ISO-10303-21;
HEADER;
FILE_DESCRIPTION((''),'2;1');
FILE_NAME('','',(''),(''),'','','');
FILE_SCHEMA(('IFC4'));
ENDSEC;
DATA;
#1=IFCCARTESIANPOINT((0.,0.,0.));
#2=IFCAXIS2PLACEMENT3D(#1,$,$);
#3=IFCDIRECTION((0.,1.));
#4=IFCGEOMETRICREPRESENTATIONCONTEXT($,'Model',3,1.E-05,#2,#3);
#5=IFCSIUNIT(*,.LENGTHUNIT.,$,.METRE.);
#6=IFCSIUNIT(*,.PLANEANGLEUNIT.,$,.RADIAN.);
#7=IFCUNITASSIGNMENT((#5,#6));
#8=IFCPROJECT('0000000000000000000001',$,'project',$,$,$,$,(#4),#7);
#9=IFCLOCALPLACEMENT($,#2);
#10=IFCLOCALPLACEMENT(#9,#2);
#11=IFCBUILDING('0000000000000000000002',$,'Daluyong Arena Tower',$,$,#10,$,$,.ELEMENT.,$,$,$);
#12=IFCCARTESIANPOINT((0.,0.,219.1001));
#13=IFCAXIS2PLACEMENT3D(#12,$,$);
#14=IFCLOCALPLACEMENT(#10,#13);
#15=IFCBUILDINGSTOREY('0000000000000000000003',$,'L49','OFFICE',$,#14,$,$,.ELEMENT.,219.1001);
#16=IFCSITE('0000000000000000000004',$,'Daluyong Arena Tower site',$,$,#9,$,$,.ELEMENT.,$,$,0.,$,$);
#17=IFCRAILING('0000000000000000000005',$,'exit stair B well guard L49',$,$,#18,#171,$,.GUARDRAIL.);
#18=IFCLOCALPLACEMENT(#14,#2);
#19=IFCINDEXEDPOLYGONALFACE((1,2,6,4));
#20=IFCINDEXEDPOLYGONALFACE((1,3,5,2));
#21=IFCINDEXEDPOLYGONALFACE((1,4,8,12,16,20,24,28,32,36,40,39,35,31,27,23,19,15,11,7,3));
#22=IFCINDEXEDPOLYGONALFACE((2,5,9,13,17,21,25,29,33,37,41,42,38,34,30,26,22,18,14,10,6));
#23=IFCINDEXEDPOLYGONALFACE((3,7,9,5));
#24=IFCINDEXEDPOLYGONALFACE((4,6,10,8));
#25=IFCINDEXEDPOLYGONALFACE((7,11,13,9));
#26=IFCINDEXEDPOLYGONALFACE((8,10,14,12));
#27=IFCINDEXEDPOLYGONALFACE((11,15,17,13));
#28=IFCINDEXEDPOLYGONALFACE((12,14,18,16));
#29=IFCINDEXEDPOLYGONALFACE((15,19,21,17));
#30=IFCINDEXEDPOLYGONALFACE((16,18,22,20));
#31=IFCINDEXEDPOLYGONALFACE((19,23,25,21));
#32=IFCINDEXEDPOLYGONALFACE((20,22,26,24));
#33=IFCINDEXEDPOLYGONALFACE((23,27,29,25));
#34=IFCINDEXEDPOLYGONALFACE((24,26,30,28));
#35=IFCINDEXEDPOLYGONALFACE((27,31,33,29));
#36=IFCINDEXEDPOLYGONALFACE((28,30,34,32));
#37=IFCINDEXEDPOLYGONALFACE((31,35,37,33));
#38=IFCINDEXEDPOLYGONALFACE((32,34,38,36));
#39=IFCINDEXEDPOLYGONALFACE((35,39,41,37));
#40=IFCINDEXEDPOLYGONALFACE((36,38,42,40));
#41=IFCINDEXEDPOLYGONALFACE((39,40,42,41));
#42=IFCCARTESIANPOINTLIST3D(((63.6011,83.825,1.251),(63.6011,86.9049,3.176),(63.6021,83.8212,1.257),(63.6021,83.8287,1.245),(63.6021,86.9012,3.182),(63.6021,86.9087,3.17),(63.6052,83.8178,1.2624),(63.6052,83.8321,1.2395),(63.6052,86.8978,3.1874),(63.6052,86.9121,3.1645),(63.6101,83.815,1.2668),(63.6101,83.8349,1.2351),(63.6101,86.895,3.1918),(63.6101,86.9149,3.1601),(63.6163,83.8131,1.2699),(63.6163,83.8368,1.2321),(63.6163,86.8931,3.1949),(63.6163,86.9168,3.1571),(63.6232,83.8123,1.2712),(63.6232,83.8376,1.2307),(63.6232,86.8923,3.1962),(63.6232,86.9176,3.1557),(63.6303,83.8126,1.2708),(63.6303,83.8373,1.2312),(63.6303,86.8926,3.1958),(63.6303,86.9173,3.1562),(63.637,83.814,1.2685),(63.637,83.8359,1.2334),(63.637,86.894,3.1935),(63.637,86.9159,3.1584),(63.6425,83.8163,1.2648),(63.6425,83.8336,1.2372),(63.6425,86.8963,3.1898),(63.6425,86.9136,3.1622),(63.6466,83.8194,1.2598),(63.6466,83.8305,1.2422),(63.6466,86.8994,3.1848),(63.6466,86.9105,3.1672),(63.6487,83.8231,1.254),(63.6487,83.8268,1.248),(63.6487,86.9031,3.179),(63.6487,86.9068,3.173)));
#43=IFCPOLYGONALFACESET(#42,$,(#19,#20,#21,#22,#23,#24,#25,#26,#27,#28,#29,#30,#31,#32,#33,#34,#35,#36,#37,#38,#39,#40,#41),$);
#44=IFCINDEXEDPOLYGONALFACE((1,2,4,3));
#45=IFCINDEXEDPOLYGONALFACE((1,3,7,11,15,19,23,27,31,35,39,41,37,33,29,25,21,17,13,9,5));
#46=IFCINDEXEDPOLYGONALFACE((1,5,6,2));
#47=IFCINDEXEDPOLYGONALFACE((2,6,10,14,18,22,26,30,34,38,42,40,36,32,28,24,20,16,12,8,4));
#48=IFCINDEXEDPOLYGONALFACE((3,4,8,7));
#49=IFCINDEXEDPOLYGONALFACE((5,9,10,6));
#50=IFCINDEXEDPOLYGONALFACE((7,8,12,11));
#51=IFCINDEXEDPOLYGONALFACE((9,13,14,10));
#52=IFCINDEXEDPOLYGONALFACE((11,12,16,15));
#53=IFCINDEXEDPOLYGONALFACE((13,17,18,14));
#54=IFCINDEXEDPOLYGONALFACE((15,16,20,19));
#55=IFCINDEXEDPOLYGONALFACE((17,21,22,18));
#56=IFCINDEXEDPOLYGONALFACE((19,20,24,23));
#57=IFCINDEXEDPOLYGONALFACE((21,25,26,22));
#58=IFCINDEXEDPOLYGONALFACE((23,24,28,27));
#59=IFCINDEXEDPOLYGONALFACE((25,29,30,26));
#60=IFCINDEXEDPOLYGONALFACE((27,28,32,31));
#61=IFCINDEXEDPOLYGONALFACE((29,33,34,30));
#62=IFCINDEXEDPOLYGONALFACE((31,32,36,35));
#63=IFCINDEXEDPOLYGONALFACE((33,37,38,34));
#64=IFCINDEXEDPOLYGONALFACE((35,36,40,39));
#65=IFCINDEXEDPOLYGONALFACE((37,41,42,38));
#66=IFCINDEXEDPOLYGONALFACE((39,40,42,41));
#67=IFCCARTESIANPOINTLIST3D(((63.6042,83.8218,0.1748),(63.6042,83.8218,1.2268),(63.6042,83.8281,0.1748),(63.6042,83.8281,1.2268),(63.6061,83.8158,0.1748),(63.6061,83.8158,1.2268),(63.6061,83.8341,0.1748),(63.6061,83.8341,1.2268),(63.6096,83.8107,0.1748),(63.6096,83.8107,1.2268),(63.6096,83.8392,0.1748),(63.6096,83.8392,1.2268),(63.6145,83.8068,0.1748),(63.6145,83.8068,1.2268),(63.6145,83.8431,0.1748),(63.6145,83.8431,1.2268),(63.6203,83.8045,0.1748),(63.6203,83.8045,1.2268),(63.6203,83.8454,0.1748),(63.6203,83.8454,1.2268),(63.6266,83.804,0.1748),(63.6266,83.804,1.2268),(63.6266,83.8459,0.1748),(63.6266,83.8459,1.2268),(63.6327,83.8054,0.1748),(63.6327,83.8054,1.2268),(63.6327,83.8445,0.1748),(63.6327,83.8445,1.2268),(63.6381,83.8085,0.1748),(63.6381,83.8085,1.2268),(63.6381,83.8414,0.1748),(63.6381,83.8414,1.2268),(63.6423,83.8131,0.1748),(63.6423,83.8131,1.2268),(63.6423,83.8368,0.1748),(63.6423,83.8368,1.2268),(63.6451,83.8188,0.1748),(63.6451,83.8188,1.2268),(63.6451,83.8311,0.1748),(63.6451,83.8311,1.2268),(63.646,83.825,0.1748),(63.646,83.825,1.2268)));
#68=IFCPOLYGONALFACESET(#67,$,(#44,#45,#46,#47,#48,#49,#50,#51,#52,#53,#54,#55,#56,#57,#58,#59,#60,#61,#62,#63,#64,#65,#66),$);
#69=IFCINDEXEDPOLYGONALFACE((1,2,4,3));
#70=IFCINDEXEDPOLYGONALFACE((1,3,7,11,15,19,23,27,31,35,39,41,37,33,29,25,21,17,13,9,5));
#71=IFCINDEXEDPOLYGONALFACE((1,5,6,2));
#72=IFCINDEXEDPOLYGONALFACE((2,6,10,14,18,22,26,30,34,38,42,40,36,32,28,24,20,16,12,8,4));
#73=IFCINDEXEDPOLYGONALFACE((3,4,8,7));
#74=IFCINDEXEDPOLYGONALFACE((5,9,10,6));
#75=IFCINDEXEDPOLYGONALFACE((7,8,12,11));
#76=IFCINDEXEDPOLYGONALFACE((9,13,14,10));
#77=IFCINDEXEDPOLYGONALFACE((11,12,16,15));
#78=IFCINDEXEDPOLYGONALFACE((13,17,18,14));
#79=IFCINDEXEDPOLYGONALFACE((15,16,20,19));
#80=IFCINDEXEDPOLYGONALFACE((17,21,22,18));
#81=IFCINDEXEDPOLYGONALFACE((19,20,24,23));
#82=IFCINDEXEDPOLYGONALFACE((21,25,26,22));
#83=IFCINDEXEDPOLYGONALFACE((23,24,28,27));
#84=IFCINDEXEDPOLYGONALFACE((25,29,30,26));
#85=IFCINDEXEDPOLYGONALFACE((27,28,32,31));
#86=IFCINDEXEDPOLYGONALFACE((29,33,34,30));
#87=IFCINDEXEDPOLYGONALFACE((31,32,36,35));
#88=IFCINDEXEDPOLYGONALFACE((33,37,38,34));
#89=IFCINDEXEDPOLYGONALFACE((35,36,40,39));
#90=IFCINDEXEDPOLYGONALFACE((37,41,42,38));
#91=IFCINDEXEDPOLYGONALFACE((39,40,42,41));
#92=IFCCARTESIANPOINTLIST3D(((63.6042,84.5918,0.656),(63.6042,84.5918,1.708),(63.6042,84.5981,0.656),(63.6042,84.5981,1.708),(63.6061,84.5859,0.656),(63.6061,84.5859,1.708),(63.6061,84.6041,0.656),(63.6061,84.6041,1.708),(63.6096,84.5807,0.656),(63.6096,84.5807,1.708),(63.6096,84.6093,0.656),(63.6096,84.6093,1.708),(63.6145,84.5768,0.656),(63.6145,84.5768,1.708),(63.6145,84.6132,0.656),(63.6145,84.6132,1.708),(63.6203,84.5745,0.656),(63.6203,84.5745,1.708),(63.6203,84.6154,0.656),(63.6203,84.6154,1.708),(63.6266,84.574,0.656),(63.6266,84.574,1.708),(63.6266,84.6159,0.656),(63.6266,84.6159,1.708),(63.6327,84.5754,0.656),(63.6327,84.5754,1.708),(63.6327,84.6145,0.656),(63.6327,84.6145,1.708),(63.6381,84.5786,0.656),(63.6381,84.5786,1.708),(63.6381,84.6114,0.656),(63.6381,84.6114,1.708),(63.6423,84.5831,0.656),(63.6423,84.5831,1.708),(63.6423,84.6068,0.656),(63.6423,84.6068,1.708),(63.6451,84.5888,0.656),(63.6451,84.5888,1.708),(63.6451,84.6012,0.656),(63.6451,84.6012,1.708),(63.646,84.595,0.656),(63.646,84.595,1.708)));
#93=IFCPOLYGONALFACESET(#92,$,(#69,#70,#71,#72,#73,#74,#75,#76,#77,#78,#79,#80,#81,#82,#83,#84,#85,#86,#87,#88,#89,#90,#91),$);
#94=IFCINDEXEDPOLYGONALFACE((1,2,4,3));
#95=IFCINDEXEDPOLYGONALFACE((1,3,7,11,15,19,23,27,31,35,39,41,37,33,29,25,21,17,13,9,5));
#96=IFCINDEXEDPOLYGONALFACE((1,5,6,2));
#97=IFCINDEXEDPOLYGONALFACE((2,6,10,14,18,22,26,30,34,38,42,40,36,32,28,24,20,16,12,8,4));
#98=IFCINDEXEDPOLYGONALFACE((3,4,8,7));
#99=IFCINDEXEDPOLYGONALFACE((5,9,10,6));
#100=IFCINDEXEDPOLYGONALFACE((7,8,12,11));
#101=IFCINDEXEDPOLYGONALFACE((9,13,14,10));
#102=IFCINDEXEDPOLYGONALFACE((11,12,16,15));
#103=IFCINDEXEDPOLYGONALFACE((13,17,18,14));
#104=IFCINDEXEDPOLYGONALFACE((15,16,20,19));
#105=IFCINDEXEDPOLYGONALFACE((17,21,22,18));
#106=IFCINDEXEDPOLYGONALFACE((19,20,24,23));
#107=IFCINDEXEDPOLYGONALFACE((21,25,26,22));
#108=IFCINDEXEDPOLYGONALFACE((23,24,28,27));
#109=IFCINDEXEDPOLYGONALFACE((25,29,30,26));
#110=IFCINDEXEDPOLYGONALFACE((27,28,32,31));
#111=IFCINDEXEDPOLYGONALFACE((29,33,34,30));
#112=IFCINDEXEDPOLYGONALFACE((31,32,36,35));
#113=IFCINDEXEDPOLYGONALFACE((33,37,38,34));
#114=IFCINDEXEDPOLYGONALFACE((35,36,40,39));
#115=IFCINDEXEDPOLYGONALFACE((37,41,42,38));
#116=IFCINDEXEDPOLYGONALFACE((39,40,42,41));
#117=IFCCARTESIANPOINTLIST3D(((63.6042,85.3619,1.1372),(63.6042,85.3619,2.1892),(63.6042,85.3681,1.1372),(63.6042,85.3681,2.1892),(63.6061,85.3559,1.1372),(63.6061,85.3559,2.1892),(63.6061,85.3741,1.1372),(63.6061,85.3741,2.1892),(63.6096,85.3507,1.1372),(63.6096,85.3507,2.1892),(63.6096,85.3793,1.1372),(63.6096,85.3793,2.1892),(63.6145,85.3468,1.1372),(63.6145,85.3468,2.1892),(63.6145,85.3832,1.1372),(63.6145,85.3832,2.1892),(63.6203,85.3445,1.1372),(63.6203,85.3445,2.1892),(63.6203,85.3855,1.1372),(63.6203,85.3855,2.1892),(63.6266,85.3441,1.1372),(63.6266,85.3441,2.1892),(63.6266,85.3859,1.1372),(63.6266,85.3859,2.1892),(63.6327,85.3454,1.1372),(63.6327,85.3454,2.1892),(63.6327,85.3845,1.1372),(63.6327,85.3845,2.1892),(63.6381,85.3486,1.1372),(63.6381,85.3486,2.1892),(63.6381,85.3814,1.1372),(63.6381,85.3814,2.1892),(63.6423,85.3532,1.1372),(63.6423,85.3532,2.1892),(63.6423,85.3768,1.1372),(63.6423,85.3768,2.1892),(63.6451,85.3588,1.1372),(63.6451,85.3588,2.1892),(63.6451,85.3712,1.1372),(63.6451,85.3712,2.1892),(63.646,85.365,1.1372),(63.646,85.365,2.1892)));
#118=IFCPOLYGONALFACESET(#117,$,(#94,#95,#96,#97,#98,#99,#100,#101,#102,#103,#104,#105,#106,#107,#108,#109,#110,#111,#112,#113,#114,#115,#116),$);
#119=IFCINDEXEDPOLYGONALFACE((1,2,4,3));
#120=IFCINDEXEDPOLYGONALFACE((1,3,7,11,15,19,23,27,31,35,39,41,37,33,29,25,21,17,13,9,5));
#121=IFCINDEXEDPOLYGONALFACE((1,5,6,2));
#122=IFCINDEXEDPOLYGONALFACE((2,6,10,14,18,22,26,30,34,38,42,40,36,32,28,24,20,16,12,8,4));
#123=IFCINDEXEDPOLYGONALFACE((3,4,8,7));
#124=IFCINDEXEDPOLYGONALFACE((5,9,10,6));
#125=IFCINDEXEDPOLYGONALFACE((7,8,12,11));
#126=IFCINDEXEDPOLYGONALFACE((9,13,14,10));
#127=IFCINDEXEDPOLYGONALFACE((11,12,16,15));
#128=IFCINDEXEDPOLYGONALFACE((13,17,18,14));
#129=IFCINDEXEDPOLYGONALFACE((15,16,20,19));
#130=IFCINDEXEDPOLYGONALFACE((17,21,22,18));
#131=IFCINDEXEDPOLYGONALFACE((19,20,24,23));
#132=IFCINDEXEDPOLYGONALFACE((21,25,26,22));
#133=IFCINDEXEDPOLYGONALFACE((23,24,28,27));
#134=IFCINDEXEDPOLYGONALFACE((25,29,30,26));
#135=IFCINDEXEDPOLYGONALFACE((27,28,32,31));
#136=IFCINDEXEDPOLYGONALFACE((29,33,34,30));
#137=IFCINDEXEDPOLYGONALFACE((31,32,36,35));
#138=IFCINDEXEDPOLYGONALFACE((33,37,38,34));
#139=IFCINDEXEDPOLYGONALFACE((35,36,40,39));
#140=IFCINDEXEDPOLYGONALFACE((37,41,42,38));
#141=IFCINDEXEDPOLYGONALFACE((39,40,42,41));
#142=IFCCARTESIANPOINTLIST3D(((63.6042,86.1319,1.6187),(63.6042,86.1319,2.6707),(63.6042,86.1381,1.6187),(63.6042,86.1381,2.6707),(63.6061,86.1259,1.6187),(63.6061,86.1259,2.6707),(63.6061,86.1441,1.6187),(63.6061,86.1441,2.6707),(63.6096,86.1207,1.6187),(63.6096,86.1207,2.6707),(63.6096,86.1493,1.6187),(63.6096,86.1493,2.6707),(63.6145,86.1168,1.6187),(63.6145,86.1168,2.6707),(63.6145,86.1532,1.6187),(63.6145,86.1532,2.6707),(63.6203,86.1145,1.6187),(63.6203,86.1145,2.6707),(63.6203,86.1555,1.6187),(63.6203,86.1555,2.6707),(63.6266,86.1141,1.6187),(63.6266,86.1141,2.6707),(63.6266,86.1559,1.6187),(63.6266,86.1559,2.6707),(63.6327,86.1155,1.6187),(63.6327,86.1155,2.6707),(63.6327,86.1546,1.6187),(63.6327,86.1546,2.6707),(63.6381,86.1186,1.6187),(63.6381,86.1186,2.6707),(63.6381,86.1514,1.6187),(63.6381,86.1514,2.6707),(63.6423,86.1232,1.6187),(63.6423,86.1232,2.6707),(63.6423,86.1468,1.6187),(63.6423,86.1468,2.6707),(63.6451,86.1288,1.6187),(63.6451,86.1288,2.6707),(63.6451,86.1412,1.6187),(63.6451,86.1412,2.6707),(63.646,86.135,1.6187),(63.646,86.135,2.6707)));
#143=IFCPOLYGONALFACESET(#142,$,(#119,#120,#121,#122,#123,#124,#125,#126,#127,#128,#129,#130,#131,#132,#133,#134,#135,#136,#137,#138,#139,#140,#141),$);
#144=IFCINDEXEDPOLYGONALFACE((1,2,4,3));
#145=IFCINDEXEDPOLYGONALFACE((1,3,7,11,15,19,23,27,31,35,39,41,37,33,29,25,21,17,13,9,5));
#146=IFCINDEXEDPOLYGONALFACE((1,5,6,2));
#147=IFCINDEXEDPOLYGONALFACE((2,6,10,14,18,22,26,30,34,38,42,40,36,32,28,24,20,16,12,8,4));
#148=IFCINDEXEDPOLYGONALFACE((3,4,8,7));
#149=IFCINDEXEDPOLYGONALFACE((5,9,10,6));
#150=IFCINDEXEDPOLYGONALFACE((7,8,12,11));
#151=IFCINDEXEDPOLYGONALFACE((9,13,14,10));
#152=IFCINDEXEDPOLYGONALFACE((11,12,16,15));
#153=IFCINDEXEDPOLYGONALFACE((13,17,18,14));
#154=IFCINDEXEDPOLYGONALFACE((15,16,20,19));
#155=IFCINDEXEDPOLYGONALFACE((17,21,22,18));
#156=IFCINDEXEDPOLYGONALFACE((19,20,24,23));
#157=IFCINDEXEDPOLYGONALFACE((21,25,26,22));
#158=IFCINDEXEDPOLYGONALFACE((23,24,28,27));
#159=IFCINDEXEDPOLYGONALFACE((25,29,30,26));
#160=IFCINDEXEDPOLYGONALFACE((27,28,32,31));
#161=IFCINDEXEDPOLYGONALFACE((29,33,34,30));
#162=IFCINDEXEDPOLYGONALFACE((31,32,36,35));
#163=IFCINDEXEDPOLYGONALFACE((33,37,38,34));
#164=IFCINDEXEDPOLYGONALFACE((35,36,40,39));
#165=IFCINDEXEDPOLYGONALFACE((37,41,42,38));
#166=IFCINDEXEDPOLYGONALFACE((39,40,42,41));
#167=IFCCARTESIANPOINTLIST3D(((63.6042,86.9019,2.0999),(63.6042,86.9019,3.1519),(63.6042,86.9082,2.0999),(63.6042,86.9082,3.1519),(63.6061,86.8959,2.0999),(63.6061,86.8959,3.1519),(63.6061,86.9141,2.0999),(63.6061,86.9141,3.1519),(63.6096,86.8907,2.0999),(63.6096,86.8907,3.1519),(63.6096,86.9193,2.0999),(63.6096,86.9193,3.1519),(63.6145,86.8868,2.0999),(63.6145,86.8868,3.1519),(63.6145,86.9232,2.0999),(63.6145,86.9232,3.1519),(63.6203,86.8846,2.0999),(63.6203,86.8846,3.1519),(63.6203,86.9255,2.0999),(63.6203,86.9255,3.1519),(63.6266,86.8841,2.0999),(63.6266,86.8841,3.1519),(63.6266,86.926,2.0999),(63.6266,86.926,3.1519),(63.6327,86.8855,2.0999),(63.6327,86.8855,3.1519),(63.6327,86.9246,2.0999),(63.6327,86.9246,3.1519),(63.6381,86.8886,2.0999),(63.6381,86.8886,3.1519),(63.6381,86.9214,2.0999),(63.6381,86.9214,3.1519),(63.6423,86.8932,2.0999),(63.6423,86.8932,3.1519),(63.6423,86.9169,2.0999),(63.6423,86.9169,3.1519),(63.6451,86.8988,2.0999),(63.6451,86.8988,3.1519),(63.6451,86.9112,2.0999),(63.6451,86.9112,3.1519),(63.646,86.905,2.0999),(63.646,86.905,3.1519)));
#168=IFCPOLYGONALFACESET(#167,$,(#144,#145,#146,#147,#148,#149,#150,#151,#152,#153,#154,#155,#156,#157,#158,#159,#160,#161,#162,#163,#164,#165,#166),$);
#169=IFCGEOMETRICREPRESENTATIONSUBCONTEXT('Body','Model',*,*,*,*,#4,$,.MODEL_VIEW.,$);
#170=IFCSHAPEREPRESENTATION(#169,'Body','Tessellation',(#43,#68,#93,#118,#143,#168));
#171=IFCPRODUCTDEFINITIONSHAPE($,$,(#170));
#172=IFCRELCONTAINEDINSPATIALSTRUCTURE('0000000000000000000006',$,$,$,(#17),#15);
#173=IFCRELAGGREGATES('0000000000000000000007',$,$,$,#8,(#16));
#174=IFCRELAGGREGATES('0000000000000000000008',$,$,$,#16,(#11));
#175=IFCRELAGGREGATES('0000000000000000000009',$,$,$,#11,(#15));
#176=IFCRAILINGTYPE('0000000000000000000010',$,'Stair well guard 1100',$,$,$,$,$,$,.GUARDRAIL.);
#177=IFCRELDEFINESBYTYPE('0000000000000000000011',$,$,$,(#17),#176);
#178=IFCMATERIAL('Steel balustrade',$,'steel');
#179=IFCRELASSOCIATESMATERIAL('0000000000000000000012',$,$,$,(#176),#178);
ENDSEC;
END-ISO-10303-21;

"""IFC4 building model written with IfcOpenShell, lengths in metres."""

from ifc_helpers import new_model, si_unit, direction, frame, origin, origin_2d, place, context, subcontext, project, spatial, circle, extrude, material, type_object, element, save


model = new_model("IFC4")

# Units and contexts
model_context = context("Model", 3, precision=1e-05, world=origin(), true_north=direction((0.0, 1.0)))
body_context = subcontext(model_context, "Body", "Model", "MODEL_VIEW")
ifc_project = project(units=[si_unit("LENGTHUNIT", "METRE"), si_unit("PLANEANGLEUNIT", "RADIAN")], contexts=[model_context])

# Site, building, storey
site_placement = place(None, origin())
site = spatial("IfcSite", under=ifc_project, at=site_placement, Name="Daluyong Arena Tower site", CompositionType="ELEMENT", RefElevation=0.0)
building_placement = place(site_placement, origin())
building = spatial("IfcBuilding", under=site, at=building_placement, Name="Daluyong Arena Tower", CompositionType="ELEMENT")
storey_placement = place(building_placement, frame((0.0, 0.0, 219.1001)))
storey = spatial("IfcBuildingStorey", under=building, at=storey_placement, Name="L49", Description="OFFICE", CompositionType="ELEMENT", Elevation=219.1001)

# Railing
ifc_material_1 = material(Name="Steel balustrade", Category="steel")
railing_type_1 = type_object("IfcRailingType", Name="Stair well guard 1100", PredefinedType="GUARDRAIL", material=ifc_material_1)
railing_1_placement = place(storey_placement, frame((63.625, 83.825, 0.1748)))
element("IfcRailing", 1, at=railing_1_placement, inside=storey, type_object=railing_type_1, Name="exit stair B well guard L49", PredefinedType="GUARDRAIL", context=body_context, shape_type="SweptSolid", body=[
    extrude(circle(Radius=0.0239, at=origin_2d()), frame((0.0, 0.0, 1.0762), z_axis=(0.0, 0.847998, 0.529999), x_axis=(-1.0, 0.0, 0.0)), (0.0, 0.0, 1.0), 3.6321),
    extrude(circle(Radius=0.021, at=origin_2d()), origin(), (0.0, 0.0, 1.0), 1.052),
    extrude(circle(Radius=0.021, at=origin_2d()), frame((0.0, 0.77, 0.4812)), (0.0, 0.0, 1.0), 1.052),
    extrude(circle(Radius=0.021, at=origin_2d()), frame((0.0, 1.54, 0.9624)), (0.0, 0.0, 1.0), 1.052),
    extrude(circle(Radius=0.021, at=origin_2d()), frame((0.0, 2.3101, 1.4438)), (0.0, 0.0, 1.0), 1.052),
    extrude(circle(Radius=0.021, at=origin_2d()), frame((0.0, 3.0801, 1.925)), (0.0, 0.0, 1.0), 1.052),
])

save(model, "model.ifc")
